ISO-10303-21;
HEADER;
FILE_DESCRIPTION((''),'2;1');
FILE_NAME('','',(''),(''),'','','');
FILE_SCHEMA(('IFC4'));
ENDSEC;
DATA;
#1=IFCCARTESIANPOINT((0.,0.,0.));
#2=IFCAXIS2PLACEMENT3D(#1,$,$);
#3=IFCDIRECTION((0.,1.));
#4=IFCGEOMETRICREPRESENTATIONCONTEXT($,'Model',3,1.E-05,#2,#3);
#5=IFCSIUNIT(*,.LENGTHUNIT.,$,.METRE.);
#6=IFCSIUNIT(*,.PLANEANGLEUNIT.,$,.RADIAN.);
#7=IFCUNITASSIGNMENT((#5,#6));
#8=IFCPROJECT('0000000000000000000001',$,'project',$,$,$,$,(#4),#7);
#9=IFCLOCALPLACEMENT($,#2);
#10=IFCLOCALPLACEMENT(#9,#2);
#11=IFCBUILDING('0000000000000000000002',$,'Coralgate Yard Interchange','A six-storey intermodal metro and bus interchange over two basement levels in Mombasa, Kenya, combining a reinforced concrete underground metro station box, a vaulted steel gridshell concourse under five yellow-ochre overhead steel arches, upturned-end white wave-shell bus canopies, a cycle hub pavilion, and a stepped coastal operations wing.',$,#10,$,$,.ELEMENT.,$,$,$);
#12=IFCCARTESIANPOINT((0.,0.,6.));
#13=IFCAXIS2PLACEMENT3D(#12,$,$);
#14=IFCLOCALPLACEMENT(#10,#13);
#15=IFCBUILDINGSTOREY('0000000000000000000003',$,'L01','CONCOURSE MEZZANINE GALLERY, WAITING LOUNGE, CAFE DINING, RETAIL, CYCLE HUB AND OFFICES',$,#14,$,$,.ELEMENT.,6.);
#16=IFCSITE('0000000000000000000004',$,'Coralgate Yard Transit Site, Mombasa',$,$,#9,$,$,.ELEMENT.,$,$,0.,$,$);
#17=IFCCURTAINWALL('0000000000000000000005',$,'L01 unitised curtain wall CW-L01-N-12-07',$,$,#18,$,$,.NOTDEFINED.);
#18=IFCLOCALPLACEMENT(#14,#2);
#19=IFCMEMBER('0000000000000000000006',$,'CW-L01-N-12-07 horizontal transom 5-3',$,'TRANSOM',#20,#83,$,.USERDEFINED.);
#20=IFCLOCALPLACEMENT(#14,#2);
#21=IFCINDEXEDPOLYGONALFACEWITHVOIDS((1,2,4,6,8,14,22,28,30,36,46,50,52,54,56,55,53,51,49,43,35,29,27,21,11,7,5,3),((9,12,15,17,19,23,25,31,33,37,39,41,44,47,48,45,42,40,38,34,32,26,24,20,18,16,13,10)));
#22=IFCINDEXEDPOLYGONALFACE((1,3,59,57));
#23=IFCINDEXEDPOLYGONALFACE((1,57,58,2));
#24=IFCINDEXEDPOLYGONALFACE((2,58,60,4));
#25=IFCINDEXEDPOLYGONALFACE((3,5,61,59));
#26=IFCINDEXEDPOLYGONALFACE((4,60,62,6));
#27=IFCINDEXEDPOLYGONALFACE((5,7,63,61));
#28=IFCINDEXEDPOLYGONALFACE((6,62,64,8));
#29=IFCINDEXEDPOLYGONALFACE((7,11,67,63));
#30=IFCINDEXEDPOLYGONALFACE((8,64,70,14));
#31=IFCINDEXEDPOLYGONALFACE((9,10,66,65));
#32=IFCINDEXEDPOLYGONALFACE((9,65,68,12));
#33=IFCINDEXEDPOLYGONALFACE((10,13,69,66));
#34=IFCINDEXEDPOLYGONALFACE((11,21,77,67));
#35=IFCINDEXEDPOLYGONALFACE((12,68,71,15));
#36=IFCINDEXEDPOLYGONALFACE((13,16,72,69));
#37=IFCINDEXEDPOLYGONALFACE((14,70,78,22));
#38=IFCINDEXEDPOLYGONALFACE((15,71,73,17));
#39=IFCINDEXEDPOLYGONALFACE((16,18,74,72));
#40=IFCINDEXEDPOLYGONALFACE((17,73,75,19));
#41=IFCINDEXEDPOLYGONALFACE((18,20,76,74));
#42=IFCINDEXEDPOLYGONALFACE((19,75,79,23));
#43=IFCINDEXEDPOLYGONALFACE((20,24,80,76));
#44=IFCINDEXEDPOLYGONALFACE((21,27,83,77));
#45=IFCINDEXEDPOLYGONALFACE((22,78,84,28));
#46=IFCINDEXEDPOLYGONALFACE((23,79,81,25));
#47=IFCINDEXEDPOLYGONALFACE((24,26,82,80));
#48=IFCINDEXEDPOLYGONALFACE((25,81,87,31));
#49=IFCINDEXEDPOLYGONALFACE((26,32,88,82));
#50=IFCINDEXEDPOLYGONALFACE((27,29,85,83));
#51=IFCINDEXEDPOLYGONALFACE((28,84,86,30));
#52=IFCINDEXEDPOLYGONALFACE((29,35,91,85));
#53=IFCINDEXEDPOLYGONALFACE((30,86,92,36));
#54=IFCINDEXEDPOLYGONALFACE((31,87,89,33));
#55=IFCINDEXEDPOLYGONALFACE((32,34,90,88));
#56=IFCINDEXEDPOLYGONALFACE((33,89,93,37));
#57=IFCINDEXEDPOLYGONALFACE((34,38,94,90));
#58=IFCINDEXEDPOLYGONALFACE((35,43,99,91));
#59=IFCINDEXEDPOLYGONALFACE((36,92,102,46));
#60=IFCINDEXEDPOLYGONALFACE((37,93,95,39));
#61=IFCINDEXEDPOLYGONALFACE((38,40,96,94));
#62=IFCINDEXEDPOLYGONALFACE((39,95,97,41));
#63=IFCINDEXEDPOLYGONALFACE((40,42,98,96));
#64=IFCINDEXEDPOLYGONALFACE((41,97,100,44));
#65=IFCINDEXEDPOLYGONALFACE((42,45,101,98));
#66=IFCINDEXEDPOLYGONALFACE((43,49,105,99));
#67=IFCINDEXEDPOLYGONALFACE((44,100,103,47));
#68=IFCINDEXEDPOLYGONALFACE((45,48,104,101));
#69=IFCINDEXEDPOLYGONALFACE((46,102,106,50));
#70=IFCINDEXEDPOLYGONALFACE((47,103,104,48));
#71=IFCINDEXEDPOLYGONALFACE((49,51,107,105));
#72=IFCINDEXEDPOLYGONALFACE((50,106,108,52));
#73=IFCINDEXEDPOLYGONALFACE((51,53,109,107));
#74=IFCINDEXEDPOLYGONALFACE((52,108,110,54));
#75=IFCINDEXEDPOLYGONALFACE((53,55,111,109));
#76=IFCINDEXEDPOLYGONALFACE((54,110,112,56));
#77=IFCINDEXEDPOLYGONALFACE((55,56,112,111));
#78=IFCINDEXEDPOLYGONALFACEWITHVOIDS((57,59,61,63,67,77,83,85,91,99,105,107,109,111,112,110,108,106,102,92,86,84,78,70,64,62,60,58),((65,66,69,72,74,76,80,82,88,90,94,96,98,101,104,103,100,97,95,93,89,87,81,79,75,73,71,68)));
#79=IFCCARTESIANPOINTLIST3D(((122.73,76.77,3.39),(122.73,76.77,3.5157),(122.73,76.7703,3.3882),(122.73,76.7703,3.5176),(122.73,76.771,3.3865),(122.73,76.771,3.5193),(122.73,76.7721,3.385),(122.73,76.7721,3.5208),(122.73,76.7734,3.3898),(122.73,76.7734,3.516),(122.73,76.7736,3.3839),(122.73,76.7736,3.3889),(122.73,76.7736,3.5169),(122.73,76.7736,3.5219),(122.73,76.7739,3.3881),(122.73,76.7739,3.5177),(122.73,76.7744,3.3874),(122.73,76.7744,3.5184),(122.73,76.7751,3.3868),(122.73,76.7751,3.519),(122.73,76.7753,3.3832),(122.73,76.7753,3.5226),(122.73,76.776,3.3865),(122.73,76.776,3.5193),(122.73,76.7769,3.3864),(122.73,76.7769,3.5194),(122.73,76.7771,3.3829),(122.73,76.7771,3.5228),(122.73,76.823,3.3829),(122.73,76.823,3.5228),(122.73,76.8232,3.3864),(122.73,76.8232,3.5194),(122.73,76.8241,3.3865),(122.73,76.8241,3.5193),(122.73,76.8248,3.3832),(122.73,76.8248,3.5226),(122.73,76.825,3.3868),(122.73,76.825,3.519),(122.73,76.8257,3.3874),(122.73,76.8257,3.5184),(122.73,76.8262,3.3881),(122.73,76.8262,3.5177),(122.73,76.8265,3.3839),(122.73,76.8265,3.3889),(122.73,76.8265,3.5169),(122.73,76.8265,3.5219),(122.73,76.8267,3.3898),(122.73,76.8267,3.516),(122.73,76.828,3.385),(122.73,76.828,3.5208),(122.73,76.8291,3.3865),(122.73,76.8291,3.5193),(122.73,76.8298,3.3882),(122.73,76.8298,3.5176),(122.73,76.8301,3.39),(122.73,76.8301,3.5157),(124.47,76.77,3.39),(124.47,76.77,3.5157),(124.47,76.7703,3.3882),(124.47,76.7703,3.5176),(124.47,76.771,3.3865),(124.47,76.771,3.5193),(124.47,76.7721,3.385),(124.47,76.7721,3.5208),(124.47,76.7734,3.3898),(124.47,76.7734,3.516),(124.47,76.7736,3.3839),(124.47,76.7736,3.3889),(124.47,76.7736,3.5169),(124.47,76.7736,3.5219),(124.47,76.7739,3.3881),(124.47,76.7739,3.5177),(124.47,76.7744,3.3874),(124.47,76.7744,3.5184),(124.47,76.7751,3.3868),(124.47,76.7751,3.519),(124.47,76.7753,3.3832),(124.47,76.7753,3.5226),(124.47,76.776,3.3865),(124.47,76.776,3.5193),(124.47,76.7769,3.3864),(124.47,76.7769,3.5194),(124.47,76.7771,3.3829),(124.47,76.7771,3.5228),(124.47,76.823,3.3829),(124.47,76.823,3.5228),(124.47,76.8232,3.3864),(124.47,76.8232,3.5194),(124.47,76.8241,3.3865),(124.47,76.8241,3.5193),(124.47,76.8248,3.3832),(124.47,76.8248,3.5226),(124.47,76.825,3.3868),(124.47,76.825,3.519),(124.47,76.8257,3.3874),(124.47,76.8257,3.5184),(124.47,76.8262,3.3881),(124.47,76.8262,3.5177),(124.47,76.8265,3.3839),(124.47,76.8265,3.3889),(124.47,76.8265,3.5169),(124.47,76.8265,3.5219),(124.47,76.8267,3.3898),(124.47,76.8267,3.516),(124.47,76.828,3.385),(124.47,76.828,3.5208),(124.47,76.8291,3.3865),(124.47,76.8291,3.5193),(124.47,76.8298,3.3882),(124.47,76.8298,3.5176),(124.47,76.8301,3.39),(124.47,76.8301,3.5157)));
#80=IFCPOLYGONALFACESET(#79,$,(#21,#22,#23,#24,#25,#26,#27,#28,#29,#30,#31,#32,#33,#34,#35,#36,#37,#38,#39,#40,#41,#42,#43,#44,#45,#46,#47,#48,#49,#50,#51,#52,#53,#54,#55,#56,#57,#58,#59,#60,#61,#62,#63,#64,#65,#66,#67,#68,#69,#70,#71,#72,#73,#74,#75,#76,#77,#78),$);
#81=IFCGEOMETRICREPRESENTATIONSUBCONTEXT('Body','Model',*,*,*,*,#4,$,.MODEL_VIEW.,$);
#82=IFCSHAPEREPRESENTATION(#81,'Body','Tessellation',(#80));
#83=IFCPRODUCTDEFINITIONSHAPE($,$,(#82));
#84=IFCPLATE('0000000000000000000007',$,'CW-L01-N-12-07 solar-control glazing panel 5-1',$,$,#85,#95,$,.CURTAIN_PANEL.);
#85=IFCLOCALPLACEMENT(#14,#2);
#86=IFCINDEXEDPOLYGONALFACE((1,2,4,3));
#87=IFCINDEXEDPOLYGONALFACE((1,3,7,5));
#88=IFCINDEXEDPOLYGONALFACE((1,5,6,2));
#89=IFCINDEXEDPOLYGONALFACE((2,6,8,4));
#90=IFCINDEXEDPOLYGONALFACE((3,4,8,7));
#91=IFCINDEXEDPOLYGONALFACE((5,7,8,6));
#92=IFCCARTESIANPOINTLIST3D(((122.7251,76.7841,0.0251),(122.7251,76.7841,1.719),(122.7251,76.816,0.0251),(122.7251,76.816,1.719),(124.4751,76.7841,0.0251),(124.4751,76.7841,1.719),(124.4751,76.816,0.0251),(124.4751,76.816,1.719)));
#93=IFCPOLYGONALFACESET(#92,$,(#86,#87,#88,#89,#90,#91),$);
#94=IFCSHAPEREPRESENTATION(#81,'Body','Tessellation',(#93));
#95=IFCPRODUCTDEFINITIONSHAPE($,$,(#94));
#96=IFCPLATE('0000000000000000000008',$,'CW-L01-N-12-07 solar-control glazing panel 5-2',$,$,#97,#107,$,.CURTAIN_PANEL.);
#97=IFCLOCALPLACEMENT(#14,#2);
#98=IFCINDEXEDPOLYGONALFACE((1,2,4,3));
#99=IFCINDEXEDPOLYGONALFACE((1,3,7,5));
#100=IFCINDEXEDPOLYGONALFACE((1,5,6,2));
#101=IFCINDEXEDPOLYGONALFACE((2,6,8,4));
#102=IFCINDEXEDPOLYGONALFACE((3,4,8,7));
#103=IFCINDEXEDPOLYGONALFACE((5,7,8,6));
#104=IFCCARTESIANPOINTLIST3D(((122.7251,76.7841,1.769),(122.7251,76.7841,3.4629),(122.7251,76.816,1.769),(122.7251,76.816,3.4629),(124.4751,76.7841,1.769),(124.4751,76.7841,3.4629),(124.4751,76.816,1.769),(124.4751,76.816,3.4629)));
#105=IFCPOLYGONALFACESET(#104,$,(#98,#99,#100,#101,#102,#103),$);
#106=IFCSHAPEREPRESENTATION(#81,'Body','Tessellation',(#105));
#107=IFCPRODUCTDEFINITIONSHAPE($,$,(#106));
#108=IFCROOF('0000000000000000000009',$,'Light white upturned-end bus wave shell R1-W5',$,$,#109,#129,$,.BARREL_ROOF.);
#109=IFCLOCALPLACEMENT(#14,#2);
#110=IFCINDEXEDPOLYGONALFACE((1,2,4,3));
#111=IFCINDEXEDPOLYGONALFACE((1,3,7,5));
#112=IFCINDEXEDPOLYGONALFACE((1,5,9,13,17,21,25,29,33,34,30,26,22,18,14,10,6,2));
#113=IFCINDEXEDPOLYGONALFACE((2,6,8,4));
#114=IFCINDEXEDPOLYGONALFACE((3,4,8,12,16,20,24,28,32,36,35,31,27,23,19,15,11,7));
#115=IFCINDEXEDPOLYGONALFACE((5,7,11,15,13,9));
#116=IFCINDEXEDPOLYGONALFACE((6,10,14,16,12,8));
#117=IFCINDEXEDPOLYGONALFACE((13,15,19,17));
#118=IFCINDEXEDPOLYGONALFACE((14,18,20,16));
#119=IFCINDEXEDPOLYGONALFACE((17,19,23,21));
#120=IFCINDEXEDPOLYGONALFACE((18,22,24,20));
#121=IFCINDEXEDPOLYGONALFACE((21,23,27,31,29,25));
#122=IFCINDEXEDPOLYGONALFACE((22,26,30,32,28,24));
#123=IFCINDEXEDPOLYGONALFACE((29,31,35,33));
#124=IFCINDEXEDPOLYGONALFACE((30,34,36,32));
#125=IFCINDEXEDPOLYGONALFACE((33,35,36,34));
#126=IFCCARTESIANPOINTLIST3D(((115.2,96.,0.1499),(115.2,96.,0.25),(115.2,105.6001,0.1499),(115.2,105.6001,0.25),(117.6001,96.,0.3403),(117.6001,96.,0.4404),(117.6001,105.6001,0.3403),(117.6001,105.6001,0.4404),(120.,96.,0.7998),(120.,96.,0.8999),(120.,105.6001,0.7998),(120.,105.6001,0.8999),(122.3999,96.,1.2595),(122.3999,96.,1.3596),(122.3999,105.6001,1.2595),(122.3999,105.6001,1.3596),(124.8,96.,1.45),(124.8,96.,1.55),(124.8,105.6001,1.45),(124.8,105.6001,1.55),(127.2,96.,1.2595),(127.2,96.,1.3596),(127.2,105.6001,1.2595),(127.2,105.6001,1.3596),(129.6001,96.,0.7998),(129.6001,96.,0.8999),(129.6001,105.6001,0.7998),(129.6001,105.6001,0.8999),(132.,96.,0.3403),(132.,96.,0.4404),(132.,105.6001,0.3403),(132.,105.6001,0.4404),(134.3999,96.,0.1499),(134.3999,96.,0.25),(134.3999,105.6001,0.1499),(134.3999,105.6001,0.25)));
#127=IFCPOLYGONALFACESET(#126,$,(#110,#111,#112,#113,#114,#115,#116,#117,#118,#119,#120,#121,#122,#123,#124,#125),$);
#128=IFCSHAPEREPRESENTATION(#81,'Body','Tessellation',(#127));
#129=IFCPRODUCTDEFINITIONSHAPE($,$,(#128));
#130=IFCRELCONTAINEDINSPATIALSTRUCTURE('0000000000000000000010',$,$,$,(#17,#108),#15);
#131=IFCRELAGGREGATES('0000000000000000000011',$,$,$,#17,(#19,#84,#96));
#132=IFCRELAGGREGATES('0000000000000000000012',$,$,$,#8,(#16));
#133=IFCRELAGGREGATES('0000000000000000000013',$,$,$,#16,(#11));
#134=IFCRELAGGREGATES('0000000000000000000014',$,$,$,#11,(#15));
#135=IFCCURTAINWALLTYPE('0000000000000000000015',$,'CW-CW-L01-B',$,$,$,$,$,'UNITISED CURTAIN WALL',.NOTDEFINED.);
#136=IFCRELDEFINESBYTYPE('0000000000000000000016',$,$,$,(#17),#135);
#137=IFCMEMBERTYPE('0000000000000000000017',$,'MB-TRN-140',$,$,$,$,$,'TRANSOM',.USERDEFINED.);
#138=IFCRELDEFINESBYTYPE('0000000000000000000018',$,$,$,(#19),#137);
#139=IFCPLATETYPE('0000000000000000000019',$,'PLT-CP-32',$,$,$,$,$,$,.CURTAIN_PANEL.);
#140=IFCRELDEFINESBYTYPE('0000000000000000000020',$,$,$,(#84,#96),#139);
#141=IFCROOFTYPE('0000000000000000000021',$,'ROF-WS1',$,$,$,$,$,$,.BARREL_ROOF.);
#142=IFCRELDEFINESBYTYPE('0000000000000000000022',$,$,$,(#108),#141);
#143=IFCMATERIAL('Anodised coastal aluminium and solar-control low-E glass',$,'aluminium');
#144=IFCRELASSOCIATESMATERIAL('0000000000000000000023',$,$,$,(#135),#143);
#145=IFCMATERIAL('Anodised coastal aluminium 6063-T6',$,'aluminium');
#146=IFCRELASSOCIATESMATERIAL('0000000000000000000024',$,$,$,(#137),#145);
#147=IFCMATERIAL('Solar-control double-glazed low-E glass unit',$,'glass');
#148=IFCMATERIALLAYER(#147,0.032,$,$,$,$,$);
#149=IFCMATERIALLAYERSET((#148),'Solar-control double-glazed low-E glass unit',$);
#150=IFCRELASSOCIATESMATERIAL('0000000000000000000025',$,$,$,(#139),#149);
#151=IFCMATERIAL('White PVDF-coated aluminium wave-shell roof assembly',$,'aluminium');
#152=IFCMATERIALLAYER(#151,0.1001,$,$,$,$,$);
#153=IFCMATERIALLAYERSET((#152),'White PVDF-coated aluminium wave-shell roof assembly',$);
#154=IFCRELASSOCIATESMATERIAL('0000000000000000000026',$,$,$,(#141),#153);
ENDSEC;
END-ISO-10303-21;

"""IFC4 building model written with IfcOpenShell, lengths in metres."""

from ifc_helpers import new_model, si_unit, direction, frame, origin, origin_2d, place, context, subcontext, project, spatial, polyline, rectangle, hollow_rectangle, outline, extrude, material, layer, layer_set, material_profile, profile_set, type_object, element, aggregate, save


model = new_model("IFC4")

# Units and contexts
model_context = context("Model", 3, precision=1e-05, world=origin(), true_north=direction((0.0, 1.0)))
body_context = subcontext(model_context, "Body", "Model", "MODEL_VIEW")
ifc_project = project(units=[si_unit("LENGTHUNIT", "METRE"), si_unit("PLANEANGLEUNIT", "RADIAN")], contexts=[model_context])

# Site, building, storey
site_placement = place(None, origin())
site = spatial("IfcSite", under=ifc_project, at=site_placement, Name="Coralgate Yard Transit Site, Mombasa", CompositionType="ELEMENT", RefElevation=0.0)
building_placement = place(site_placement, origin())
building = spatial("IfcBuilding", under=site, at=building_placement, Name="Coralgate Yard Interchange", Description="A six-storey intermodal metro and bus interchange over two basement levels in Mombasa, Kenya, combining a reinforced concrete underground metro station box, a vaulted steel gridshell concourse under five yellow-ochre overhead steel arches, upturned-end white wave-shell bus canopies, a cycle hub pavilion, and a stepped coastal operations wing.", CompositionType="ELEMENT")
storey_placement = place(building_placement, frame((0.0, 0.0, 6.0)))
storey = spatial("IfcBuildingStorey", under=building, at=storey_placement, Name="L01", Description="CONCOURSE MEZZANINE GALLERY, WAITING LOUNGE, CAFE DINING, RETAIL, CYCLE HUB AND OFFICES", CompositionType="ELEMENT", Elevation=6.0)

# Curtain wall
ifc_material_1 = material(Name="Anodised coastal aluminium and solar-control low-E glass", Category="aluminium")
curtain_wall_type = type_object("IfcCurtainWallType", Name="CW-CW-L01-B", ElementType="UNITISED CURTAIN WALL", PredefinedType="NOTDEFINED", material=ifc_material_1)
curtain_wall_placement = place(storey_placement, origin())
curtain_wall = element("IfcCurtainWall", 1, at=curtain_wall_placement, inside=storey, type_object=curtain_wall_type, Name="L01 unitised curtain wall CW-L01-N-12-07", PredefinedType="NOTDEFINED")
ifc_material_2 = material(Name="Anodised coastal aluminium 6063-T6", Category="aluminium")

# Member
ifc_material_profile_1 = material_profile(ifc_material_2, hollow_rectangle(XDim=0.0601, YDim=0.1399, WallThickness=0.0034, InnerFilletRadius=0.0034, OuterFilletRadius=0.0071, at=origin_2d()), Name="ALU 60x140x3.5")
ifc_profile_set_1 = profile_set([ifc_material_profile_1], Name="Anodised coastal aluminium 6063-T6")
member_type_1 = type_object("IfcMemberType", Name="MB-TRN-140", ElementType="TRANSOM", PredefinedType="USERDEFINED", material=ifc_profile_set_1)
member_1_placement = place(storey_placement, frame((122.73, 76.8, 3.4529), z_axis=(1.0, 0.0, 0.0), x_axis=(0.0, 1.0, 0.0)))
member_1 = element("IfcMember", 2, at=member_1_placement, type_object=member_type_1, Name="CW-L01-N-12-07 horizontal transom 5-3", ObjectType="TRANSOM", PredefinedType="USERDEFINED", context=body_context, shape_type="SweptSolid", body=[
    extrude(hollow_rectangle(XDim=0.0601, YDim=0.1399, WallThickness=0.0034, InnerFilletRadius=0.0034, OuterFilletRadius=0.0071, at=origin_2d()), origin(), (0.0, 0.0, 1.0), 1.74),
])

# Plates
ifc_material_3 = material(Name="Solar-control double-glazed low-E glass unit", Category="glass")
ifc_layer_1 = layer(ifc_material_3, 0.032)
ifc_layer_set_1 = layer_set([ifc_layer_1], Name="Solar-control double-glazed low-E glass unit")
plate_type = type_object("IfcPlateType", Name="PLT-CP-32", PredefinedType="CURTAIN_PANEL", material=ifc_layer_set_1)
plate_1_placement = place(storey_placement, frame((123.6001, 76.8, 0.0251), z_axis=(0.0, 0.0, 1.0), x_axis=(1.0, 0.0, 0.0)))
plate_1 = element("IfcPlate", 3, at=plate_1_placement, type_object=plate_type, Name="CW-L01-N-12-07 solar-control glazing panel 5-1", PredefinedType="CURTAIN_PANEL", context=body_context, shape_type="SweptSolid", body=[
    extrude(rectangle(XDim=1.75, YDim=0.032, at=origin_2d()), origin(), (0.0, 0.0, 1.0), 1.6938),
])
plate_2_placement = place(storey_placement, frame((123.6001, 76.8, 1.769), z_axis=(0.0, 0.0, 1.0), x_axis=(1.0, 0.0, 0.0)))
plate_2 = element("IfcPlate", 4, at=plate_2_placement, type_object=plate_type, Name="CW-L01-N-12-07 solar-control glazing panel 5-2", PredefinedType="CURTAIN_PANEL", context=body_context, shape_type="SweptSolid", body=[
    extrude(rectangle(XDim=1.75, YDim=0.032, at=origin_2d()), origin(), (0.0, 0.0, 1.0), 1.6938),
])
aggregate(curtain_wall, [member_1, plate_1, plate_2])

# Roof
ifc_material_4 = material(Name="White PVDF-coated aluminium wave-shell roof assembly", Category="aluminium")
ifc_layer_2 = layer(ifc_material_4, 0.1001)
ifc_layer_set_2 = layer_set([ifc_layer_2], Name="White PVDF-coated aluminium wave-shell roof assembly")
roof_type = type_object("IfcRoofType", Name="ROF-WS1", PredefinedType="BARREL_ROOF", material=ifc_layer_set_2)
roof_placement = place(storey_placement, frame((115.2, 96.0, 0.25), z_axis=(0.0, 1.0, 0.0), x_axis=(-1.0, 0.0, 0.0)))
element("IfcRoof", 5, at=roof_placement, inside=storey, type_object=roof_type, Name="Light white upturned-end bus wave shell R1-W5", PredefinedType="BARREL_ROOF", context=body_context, shape_type="SweptSolid", body=[
    extrude(outline(polyline([(0.0, 0.0), (-2.4001, 0.1904), (-4.8, 0.6499), (-7.2, 1.1096), (-9.6001, 1.3), (-12.0, 1.1096), (-14.4001, 0.6499), (-16.8, 0.1904), (-19.2, 0.0), (-19.2, -0.1001), (-16.8, 0.0903), (-14.4001, 0.5498), (-12.0, 1.0095), (-9.6001, 1.2), (-7.2, 1.0095), (-4.8, 0.5498), (-2.4001, 0.0903), (0.0, -0.1001), (0.0, 0.0)])), origin(), (0.0, 0.0, 1.0), 9.6001),
])

save(model, "model.ifc")
